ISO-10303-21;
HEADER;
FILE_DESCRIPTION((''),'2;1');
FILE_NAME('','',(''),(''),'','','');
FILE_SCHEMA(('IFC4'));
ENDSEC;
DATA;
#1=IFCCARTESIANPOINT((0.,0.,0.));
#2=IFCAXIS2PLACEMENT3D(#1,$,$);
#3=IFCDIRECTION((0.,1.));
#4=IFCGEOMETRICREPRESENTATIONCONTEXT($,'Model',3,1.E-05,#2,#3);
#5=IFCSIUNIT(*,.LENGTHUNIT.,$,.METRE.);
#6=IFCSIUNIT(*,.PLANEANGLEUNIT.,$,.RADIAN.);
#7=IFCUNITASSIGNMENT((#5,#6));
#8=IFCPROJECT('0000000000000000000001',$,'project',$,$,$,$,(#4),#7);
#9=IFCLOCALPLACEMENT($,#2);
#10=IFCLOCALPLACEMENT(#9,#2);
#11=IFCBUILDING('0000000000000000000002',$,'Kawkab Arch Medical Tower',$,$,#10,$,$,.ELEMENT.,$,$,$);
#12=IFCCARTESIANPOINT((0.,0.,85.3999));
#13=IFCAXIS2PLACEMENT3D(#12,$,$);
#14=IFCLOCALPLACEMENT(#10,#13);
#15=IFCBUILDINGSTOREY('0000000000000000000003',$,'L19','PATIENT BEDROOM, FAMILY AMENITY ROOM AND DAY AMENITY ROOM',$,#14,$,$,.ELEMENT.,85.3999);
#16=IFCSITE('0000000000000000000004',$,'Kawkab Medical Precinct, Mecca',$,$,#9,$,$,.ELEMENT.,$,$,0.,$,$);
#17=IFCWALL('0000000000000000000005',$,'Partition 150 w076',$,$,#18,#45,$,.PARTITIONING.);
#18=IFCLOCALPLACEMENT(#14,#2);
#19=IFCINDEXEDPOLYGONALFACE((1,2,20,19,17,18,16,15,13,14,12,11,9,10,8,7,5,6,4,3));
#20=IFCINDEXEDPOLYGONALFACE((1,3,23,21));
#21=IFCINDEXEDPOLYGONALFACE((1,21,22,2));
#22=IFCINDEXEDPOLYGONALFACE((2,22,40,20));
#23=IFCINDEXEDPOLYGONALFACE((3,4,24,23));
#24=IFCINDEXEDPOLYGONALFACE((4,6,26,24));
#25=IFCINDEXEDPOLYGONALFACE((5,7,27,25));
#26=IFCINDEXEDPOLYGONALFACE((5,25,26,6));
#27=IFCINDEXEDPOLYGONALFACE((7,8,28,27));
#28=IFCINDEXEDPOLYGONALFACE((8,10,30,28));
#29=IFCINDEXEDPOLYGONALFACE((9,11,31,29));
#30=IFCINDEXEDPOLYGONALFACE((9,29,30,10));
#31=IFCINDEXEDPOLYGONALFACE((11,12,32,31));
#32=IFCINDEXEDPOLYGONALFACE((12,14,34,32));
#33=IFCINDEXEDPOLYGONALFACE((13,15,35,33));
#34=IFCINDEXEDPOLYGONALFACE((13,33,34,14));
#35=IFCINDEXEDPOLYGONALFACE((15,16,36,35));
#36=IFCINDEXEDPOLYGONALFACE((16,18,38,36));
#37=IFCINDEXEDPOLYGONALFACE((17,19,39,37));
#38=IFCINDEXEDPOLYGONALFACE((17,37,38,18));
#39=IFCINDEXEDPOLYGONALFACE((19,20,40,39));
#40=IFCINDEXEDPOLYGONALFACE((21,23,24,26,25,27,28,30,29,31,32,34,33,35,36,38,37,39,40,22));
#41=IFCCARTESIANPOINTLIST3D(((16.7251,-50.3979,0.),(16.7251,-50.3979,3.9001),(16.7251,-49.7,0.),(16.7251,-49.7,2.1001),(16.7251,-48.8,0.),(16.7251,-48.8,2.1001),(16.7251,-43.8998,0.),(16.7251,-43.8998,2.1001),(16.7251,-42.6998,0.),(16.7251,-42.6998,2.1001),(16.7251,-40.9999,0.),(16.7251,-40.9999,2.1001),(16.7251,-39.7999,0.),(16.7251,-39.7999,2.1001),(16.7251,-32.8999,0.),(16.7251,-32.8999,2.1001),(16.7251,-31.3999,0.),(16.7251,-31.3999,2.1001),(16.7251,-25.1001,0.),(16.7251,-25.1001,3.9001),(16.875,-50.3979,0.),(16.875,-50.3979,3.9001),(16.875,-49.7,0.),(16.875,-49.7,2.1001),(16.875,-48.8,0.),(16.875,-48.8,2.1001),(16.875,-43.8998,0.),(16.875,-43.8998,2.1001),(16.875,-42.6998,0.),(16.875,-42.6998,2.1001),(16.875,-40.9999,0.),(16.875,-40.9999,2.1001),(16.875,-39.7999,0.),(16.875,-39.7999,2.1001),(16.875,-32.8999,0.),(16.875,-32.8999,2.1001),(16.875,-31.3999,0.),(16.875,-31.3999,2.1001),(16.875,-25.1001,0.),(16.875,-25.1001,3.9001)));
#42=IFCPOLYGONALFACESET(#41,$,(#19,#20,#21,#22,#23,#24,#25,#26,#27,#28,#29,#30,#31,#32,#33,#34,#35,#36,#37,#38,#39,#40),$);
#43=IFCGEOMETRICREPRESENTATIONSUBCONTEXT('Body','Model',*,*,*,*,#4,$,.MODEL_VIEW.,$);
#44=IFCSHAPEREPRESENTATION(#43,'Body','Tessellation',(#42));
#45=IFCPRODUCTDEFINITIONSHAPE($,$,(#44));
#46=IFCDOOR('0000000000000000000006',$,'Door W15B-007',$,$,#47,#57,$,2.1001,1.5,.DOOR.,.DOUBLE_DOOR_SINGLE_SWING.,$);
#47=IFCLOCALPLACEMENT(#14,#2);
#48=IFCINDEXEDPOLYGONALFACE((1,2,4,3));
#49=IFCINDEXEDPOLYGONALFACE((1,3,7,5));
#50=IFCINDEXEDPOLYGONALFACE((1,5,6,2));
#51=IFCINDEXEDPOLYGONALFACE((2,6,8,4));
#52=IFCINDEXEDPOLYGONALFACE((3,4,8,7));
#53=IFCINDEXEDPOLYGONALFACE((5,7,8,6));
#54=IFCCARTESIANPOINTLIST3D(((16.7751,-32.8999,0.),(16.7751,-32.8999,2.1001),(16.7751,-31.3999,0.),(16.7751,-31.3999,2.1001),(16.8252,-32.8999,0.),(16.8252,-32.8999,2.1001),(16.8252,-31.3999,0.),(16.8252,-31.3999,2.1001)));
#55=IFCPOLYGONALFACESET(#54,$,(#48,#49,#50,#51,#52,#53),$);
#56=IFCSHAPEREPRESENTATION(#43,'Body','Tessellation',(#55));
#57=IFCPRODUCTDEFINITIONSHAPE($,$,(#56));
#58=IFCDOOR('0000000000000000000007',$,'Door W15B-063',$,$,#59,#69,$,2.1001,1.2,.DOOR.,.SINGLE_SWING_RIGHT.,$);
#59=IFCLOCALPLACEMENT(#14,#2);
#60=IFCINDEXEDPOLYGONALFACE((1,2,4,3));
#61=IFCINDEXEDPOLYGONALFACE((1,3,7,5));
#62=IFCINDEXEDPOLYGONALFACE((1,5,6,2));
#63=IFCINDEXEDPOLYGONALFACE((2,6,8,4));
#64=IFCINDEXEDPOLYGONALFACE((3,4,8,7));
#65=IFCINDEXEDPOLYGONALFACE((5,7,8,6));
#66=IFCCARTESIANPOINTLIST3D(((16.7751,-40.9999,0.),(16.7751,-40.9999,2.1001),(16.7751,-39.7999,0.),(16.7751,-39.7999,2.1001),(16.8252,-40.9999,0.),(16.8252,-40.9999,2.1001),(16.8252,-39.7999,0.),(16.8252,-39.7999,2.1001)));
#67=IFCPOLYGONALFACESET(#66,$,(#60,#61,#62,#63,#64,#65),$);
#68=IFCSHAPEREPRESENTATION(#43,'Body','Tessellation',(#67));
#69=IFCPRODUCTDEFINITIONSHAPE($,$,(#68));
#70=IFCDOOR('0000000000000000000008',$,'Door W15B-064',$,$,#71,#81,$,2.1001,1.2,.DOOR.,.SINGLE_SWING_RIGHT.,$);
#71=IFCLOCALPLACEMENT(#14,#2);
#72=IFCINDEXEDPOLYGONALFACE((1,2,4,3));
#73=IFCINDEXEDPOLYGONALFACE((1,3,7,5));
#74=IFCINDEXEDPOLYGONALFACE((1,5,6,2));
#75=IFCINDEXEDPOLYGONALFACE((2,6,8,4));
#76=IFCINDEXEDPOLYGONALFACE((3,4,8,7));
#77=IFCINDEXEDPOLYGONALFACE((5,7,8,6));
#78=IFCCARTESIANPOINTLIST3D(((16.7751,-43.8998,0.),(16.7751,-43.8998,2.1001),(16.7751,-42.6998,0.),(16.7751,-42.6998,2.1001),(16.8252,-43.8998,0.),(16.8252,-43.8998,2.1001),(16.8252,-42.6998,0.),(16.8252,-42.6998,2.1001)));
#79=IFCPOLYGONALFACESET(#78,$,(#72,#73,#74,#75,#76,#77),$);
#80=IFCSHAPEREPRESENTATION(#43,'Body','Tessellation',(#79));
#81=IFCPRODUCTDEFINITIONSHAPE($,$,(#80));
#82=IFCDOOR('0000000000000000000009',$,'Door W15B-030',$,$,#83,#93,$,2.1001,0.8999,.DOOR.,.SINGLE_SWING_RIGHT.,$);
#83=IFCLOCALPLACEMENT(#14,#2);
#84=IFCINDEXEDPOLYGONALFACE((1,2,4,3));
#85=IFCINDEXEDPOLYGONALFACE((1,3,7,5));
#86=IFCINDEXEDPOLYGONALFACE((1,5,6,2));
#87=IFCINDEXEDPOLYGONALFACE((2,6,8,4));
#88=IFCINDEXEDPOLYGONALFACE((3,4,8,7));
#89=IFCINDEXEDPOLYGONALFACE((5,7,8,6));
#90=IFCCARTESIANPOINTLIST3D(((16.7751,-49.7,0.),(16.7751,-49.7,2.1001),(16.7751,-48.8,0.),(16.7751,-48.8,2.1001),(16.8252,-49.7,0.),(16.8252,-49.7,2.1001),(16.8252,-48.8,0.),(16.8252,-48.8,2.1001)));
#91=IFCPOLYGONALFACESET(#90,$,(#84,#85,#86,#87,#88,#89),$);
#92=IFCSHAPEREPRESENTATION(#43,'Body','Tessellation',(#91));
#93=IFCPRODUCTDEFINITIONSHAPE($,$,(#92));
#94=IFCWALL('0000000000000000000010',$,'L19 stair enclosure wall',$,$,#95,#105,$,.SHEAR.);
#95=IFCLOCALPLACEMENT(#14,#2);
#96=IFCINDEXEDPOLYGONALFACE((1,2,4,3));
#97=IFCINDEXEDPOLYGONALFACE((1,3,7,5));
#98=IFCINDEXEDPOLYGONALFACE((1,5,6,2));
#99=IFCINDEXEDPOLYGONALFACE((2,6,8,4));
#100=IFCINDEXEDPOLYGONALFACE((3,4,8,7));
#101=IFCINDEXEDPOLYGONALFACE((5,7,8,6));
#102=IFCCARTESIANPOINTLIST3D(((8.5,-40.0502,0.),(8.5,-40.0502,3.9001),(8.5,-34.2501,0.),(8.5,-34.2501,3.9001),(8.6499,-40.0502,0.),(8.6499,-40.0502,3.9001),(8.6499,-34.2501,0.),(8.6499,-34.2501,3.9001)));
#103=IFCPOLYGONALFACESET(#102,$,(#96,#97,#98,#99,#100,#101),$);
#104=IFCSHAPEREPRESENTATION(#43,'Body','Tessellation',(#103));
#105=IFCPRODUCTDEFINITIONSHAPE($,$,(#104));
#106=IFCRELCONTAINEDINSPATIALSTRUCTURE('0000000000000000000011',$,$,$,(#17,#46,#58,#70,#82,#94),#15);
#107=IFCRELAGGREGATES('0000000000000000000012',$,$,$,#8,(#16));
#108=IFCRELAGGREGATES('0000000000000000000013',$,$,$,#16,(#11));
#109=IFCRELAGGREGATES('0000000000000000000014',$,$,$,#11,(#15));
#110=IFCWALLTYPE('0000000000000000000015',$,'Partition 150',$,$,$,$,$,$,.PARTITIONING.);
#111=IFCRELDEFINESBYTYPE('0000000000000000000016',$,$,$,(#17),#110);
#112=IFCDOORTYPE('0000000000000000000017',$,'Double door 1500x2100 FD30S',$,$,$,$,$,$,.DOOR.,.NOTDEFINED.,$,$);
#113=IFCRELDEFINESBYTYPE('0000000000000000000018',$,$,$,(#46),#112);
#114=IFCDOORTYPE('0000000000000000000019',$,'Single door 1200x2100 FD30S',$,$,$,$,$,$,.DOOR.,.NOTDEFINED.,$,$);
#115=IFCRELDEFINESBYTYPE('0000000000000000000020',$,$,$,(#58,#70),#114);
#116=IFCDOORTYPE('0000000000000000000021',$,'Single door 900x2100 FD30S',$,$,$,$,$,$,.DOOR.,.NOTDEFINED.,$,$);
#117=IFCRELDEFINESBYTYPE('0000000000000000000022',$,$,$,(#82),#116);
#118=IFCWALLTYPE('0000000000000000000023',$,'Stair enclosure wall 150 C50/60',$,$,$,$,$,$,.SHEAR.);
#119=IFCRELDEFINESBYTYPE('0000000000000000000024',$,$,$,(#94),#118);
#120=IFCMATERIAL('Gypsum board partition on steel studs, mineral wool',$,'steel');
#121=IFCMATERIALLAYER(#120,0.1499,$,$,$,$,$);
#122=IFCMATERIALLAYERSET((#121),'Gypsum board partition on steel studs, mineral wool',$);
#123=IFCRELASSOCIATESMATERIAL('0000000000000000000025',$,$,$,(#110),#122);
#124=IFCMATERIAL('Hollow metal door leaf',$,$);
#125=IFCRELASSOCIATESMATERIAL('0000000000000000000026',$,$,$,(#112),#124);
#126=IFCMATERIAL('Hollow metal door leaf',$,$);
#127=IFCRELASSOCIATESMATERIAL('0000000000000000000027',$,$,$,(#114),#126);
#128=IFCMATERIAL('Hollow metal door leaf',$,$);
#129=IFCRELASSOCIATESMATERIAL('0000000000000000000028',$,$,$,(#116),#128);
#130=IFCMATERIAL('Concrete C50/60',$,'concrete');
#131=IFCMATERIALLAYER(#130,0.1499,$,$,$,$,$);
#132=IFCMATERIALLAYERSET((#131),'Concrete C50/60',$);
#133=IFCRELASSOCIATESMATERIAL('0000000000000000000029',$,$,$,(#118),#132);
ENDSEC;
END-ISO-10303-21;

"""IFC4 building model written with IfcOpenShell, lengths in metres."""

from ifc_helpers import new_model, si_unit, direction, frame, frame_2d, origin, place, context, subcontext, project, spatial, rectangle, extrude, material, layer, layer_set, type_object, element, fill, save


model = new_model("IFC4")

# Units and contexts
model_context = context("Model", 3, precision=1e-05, world=origin(), true_north=direction((0.0, 1.0)))
body_context = subcontext(model_context, "Body", "Model", "MODEL_VIEW")
ifc_project = project(units=[si_unit("LENGTHUNIT", "METRE"), si_unit("PLANEANGLEUNIT", "RADIAN")], contexts=[model_context])

# Site, building, storey
site_placement = place(None, origin())
site = spatial("IfcSite", under=ifc_project, at=site_placement, Name="Kawkab Medical Precinct, Mecca", CompositionType="ELEMENT", RefElevation=0.0)
building_placement = place(site_placement, origin())
building = spatial("IfcBuilding", under=site, at=building_placement, Name="Kawkab Arch Medical Tower", CompositionType="ELEMENT")
storey_placement = place(building_placement, frame((0.0, 0.0, 85.3999)))
storey = spatial("IfcBuildingStorey", under=building, at=storey_placement, Name="L19", Description="PATIENT BEDROOM, FAMILY AMENITY ROOM AND DAY AMENITY ROOM", CompositionType="ELEMENT", Elevation=85.3999)

# Shared definitions
ifc_material_1 = material(Name="Gypsum board partition on steel studs, mineral wool", Category="steel")
ifc_layer_1 = layer(ifc_material_1, 0.1499)
ifc_layer_set_1 = layer_set([ifc_layer_1], Name="Gypsum board partition on steel studs, mineral wool")
wall_type_1 = type_object("IfcWallType", Name="Partition 150", PredefinedType="PARTITIONING", material=ifc_layer_set_1)

# Wall, openings, doors
wall_1_placement = place(storey_placement, frame((16.8, -50.3979, 0.0), z_axis=(0.0, 0.0, 1.0), x_axis=(0.0, 1.0, 0.0)))
wall_1 = element("IfcWall", 1, at=wall_1_placement, inside=storey, type_object=wall_type_1, Name="Partition 150 w076", PredefinedType="PARTITIONING", context=body_context, shape_type="SweptSolid", body=[
    extrude(rectangle(XDim=25.2979, YDim=0.1499, at=frame_2d((12.6489, 0.0))), origin(), (0.0, 0.0, 1.0), 3.9001),
])
opening_1_placement = place(wall_1_placement, frame((17.498, 0.0, 0.0)))
opening_1 = element("IfcOpeningElement", 2, at=opening_1_placement, cuts=wall_1, PredefinedType="OPENING", context=body_context, shape_type="SweptSolid", body=[
    extrude(rectangle(XDim=1.5, YDim=2.1001, at=frame_2d((0.75, 1.05))), frame((0.0, 0.085, 0.0), z_axis=(0.0, -1.0, 0.0), x_axis=(1.0, 0.0, 0.0)), (0.0, 0.0, 1.0), 0.1699),
])
opening_2_placement = place(wall_1_placement, frame((9.3979, 0.0, 0.0)))
opening_2 = element("IfcOpeningElement", 3, at=opening_2_placement, cuts=wall_1, PredefinedType="OPENING", context=body_context, shape_type="SweptSolid", body=[
    extrude(rectangle(XDim=1.2, YDim=2.1001, at=frame_2d((0.6001, 1.05))), frame((0.0, 0.085, 0.0), z_axis=(0.0, -1.0, 0.0), x_axis=(1.0, 0.0, 0.0)), (0.0, 0.0, 1.0), 0.1699),
])
opening_3_placement = place(wall_1_placement, frame((6.498, 0.0, 0.0)))
opening_3 = element("IfcOpeningElement", 4, at=opening_3_placement, cuts=wall_1, PredefinedType="OPENING", context=body_context, shape_type="SweptSolid", body=[
    extrude(rectangle(XDim=1.2, YDim=2.1001, at=frame_2d((0.6001, 1.05))), frame((0.0, 0.085, 0.0), z_axis=(0.0, -1.0, 0.0), x_axis=(1.0, 0.0, 0.0)), (0.0, 0.0, 1.0), 0.1699),
])
opening_4_placement = place(wall_1_placement, frame((0.698, 0.0, 0.0)))
opening_4 = element("IfcOpeningElement", 5, at=opening_4_placement, cuts=wall_1, PredefinedType="OPENING", context=body_context, shape_type="SweptSolid", body=[
    extrude(rectangle(XDim=0.8999, YDim=2.1001, at=frame_2d((0.45, 1.05))), frame((0.0, 0.085, 0.0), z_axis=(0.0, -1.0, 0.0), x_axis=(1.0, 0.0, 0.0)), (0.0, 0.0, 1.0), 0.1699),
])
ifc_material_2 = material(Name="Hollow metal door leaf")
door_type_1 = type_object("IfcDoorType", Name="Double door 1500x2100 FD30S", OperationType="NOTDEFINED", PredefinedType="DOOR", material=ifc_material_2)
door_1_placement = place(opening_1_placement, origin())
door_1 = element("IfcDoor", 6, at=door_1_placement, inside=storey, type_object=door_type_1, Name="Door W15B-007", OperationType="DOUBLE_DOOR_SINGLE_SWING", OverallHeight=2.1001, OverallWidth=1.5, PredefinedType="DOOR", context=body_context, shape_type="SweptSolid", body=[
    extrude(rectangle(XDim=1.5, YDim=2.1001, at=frame_2d((0.75, 1.05))), frame((0.0, 0.0249, 0.0), z_axis=(0.0, -1.0, 0.0), x_axis=(1.0, 0.0, 0.0)), (0.0, 0.0, 1.0), 0.05),
])
fill(opening_1, door_1)
ifc_material_3 = material(Name="Hollow metal door leaf")
door_type_2 = type_object("IfcDoorType", Name="Single door 1200x2100 FD30S", OperationType="NOTDEFINED", PredefinedType="DOOR", material=ifc_material_3)
door_2_placement = place(opening_2_placement, origin())
door_2 = element("IfcDoor", 7, at=door_2_placement, inside=storey, type_object=door_type_2, Name="Door W15B-063", OperationType="SINGLE_SWING_RIGHT", OverallHeight=2.1001, OverallWidth=1.2, PredefinedType="DOOR", context=body_context, shape_type="SweptSolid", body=[
    extrude(rectangle(XDim=1.2, YDim=2.1001, at=frame_2d((0.6001, 1.05))), frame((0.0, 0.0249, 0.0), z_axis=(0.0, -1.0, 0.0), x_axis=(1.0, 0.0, 0.0)), (0.0, 0.0, 1.0), 0.05),
])
fill(opening_2, door_2)
door_3_placement = place(opening_3_placement, origin())
door_3 = element("IfcDoor", 8, at=door_3_placement, inside=storey, type_object=door_type_2, Name="Door W15B-064", OperationType="SINGLE_SWING_RIGHT", OverallHeight=2.1001, OverallWidth=1.2, PredefinedType="DOOR", context=body_context, shape_type="SweptSolid", body=[
    extrude(rectangle(XDim=1.2, YDim=2.1001, at=frame_2d((0.6001, 1.05))), frame((0.0, 0.0249, 0.0), z_axis=(0.0, -1.0, 0.0), x_axis=(1.0, 0.0, 0.0)), (0.0, 0.0, 1.0), 0.05),
])
fill(opening_3, door_3)
ifc_material_4 = material(Name="Hollow metal door leaf")
door_type_3 = type_object("IfcDoorType", Name="Single door 900x2100 FD30S", OperationType="NOTDEFINED", PredefinedType="DOOR", material=ifc_material_4)
door_4_placement = place(opening_4_placement, origin())
door_4 = element("IfcDoor", 9, at=door_4_placement, inside=storey, type_object=door_type_3, Name="Door W15B-030", OperationType="SINGLE_SWING_RIGHT", OverallHeight=2.1001, OverallWidth=0.8999, PredefinedType="DOOR", context=body_context, shape_type="SweptSolid", body=[
    extrude(rectangle(XDim=0.8999, YDim=2.1001, at=frame_2d((0.45, 1.05))), frame((0.0, 0.0249, 0.0), z_axis=(0.0, -1.0, 0.0), x_axis=(1.0, 0.0, 0.0)), (0.0, 0.0, 1.0), 0.05),
])
fill(opening_4, door_4)

# Wall
ifc_material_5 = material(Name="Concrete C50/60", Category="concrete")
ifc_layer_2 = layer(ifc_material_5, 0.1499)
ifc_layer_set_2 = layer_set([ifc_layer_2], Name="Concrete C50/60")
wall_type_2 = type_object("IfcWallType", Name="Stair enclosure wall 150 C50/60", PredefinedType="SHEAR", material=ifc_layer_set_2)
wall_2_placement = place(storey_placement, frame((8.575, -40.05, 0.0), z_axis=(0.0, 0.0, 1.0), x_axis=(0.0, 1.0, 0.0)))
element("IfcWall", 10, at=wall_2_placement, inside=storey, type_object=wall_type_2, Name="L19 stair enclosure wall", PredefinedType="SHEAR", context=body_context, shape_type="SweptSolid", body=[
    extrude(rectangle(XDim=5.8, YDim=0.1499, at=frame_2d((2.8999, 0.0))), origin(), (0.0, 0.0, 1.0), 3.9001),
])

save(model, "model.ifc")
